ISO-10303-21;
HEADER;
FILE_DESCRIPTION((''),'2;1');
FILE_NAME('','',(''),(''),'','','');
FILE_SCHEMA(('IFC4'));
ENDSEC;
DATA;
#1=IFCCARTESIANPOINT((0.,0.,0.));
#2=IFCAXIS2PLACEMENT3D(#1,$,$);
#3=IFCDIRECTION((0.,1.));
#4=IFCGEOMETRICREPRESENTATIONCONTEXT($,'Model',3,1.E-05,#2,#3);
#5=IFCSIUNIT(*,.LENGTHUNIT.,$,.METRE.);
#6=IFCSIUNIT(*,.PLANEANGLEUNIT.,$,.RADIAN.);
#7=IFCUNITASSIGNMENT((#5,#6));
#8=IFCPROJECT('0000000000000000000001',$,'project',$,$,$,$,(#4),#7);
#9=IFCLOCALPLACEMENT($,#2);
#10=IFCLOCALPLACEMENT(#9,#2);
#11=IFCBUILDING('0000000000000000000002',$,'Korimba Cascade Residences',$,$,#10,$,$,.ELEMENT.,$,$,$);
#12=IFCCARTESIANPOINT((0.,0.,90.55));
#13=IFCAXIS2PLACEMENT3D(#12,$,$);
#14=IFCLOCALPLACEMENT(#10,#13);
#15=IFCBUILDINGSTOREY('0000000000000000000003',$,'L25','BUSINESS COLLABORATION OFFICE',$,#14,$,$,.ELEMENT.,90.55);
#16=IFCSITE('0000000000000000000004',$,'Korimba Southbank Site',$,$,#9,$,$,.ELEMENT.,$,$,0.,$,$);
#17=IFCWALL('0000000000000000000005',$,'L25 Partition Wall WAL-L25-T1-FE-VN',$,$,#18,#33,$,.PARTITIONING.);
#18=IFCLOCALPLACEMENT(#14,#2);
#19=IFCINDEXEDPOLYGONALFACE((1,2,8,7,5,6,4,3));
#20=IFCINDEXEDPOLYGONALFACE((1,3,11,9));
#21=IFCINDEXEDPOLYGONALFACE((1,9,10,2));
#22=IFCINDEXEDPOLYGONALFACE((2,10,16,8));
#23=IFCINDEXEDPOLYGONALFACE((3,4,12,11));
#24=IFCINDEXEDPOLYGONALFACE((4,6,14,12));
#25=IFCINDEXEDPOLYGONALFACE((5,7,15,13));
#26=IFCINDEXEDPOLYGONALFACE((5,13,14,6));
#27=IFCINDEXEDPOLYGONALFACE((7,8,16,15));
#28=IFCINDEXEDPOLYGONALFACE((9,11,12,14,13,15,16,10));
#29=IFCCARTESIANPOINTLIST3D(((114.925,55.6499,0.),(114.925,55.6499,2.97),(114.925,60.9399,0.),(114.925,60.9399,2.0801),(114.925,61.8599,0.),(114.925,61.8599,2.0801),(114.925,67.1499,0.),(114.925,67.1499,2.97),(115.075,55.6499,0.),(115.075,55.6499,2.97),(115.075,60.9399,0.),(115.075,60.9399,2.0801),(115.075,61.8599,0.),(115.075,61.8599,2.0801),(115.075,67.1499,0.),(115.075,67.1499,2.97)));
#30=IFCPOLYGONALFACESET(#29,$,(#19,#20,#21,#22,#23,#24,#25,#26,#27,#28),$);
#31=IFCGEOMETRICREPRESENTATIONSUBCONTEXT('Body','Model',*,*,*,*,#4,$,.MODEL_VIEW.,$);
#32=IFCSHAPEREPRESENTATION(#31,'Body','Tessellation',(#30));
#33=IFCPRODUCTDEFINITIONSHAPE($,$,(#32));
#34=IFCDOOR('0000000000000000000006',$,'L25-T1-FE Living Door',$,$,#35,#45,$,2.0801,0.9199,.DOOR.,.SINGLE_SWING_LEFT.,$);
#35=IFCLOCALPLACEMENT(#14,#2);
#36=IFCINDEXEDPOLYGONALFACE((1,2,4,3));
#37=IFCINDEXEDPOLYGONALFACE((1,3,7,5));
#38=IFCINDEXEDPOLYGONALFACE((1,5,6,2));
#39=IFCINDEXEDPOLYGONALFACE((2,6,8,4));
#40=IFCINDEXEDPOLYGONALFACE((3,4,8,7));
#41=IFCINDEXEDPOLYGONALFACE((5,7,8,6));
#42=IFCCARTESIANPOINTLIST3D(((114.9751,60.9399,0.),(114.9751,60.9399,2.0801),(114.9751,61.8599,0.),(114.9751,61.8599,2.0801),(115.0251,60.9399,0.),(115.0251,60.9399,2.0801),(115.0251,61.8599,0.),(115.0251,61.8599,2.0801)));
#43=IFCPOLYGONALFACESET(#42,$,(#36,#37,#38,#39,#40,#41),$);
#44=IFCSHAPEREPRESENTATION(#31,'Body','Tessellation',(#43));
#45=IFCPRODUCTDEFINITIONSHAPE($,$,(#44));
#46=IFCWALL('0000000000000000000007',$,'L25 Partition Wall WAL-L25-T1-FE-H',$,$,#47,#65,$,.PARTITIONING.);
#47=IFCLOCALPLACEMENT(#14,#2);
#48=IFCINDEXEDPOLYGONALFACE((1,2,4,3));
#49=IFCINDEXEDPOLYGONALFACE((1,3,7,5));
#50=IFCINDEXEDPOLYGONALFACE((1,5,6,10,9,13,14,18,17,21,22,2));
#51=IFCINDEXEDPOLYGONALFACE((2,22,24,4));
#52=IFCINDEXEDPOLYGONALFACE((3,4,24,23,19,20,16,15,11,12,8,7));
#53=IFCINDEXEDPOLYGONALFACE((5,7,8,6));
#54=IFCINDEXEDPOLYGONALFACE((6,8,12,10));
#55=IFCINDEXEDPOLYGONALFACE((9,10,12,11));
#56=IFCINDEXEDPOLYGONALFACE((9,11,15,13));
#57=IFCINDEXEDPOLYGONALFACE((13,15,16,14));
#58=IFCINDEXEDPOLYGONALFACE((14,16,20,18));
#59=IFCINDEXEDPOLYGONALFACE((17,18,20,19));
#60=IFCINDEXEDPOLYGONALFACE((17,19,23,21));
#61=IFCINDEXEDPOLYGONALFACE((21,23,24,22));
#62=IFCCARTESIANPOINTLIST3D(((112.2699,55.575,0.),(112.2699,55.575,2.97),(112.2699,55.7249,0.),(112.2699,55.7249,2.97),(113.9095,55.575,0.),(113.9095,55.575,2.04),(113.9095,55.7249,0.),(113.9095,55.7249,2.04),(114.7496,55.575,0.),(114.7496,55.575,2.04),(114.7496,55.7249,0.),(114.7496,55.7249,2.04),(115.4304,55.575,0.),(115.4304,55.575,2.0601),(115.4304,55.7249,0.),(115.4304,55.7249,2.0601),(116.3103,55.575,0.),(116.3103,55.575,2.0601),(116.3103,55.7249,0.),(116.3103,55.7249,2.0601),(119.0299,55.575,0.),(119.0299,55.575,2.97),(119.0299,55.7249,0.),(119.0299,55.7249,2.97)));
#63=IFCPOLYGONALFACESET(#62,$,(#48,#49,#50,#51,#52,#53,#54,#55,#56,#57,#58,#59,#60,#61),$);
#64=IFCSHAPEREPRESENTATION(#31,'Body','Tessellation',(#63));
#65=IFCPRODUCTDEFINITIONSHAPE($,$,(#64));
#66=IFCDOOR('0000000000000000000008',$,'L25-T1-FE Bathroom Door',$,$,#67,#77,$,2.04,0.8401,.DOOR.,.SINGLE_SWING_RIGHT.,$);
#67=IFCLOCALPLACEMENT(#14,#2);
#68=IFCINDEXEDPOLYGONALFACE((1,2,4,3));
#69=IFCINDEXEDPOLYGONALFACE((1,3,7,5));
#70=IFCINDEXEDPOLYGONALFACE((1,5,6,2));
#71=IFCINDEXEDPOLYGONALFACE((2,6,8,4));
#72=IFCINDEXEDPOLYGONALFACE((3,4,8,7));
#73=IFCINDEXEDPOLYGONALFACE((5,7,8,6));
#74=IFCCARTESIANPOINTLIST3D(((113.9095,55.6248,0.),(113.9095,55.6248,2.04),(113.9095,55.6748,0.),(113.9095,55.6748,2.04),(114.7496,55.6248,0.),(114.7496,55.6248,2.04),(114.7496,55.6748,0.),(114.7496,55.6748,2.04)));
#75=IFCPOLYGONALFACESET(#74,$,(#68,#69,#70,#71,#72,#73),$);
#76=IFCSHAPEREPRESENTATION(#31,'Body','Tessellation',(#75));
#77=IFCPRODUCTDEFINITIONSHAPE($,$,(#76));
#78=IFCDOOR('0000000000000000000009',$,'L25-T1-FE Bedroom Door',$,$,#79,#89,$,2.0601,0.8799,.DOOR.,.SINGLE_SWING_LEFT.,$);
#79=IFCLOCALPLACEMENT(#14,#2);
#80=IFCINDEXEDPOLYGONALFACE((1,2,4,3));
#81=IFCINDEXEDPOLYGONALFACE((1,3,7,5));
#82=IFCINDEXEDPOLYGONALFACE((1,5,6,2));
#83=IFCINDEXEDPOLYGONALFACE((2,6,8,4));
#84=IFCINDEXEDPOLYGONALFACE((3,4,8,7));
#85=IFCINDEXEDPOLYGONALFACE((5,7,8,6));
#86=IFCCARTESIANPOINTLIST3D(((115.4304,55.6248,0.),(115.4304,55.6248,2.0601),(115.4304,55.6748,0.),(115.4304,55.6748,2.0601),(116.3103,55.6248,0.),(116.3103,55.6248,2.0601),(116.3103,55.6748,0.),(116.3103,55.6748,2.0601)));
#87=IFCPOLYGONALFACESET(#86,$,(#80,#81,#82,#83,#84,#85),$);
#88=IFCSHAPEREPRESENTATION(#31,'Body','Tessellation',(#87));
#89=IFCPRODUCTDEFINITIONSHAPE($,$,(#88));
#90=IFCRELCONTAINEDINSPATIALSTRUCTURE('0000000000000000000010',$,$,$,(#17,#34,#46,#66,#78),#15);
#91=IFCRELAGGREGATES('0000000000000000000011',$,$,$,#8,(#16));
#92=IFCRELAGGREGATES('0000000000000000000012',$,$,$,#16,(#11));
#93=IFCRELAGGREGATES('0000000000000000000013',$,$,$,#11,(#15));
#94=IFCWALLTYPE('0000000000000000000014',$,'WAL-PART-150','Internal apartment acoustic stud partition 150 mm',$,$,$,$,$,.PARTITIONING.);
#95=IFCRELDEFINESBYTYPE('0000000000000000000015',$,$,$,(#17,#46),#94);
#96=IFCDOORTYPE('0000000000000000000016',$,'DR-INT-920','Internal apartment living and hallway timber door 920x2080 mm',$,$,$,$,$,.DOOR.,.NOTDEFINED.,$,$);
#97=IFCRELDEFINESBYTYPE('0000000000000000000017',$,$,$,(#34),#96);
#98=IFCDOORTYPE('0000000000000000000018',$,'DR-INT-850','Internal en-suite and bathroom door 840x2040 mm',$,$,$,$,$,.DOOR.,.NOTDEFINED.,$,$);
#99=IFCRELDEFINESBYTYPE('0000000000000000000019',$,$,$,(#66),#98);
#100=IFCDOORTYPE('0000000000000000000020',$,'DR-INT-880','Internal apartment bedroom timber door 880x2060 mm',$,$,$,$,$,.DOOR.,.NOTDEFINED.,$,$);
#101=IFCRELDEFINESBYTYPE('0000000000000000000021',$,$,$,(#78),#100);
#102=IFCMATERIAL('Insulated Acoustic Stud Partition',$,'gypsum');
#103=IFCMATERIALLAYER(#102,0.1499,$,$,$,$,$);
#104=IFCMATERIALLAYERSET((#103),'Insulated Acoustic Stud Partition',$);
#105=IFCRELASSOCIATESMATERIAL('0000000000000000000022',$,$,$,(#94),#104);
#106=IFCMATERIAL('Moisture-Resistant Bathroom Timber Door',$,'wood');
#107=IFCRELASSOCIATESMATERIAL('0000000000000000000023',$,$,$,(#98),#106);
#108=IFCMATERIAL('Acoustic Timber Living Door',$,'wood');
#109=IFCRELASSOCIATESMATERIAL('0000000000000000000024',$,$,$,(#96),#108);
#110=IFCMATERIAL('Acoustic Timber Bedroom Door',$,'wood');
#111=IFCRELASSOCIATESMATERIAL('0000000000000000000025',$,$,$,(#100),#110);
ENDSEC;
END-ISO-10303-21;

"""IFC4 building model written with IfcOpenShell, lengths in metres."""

from ifc_helpers import new_model, si_unit, direction, frame, frame_2d, origin, place, context, subcontext, project, spatial, rectangle, extrude, material, layer, layer_set, type_object, element, fill, save


model = new_model("IFC4")

# Units and contexts
model_context = context("Model", 3, precision=1e-05, world=origin(), true_north=direction((0.0, 1.0)))
body_context = subcontext(model_context, "Body", "Model", "MODEL_VIEW")
ifc_project = project(units=[si_unit("LENGTHUNIT", "METRE"), si_unit("PLANEANGLEUNIT", "RADIAN")], contexts=[model_context])

# Site, building, storey
site_placement = place(None, origin())
site = spatial("IfcSite", under=ifc_project, at=site_placement, Name="Korimba Southbank Site", CompositionType="ELEMENT", RefElevation=0.0)
building_placement = place(site_placement, origin())
building = spatial("IfcBuilding", under=site, at=building_placement, Name="Korimba Cascade Residences", CompositionType="ELEMENT")
storey_placement = place(building_placement, frame((0.0, 0.0, 90.55)))
storey = spatial("IfcBuildingStorey", under=building, at=storey_placement, Name="L25", Description="BUSINESS COLLABORATION OFFICE", CompositionType="ELEMENT", Elevation=90.55)

# Wall, opening, door
ifc_material_1 = material(Name="Insulated Acoustic Stud Partition", Category="gypsum")
ifc_layer_1 = layer(ifc_material_1, 0.1499)
ifc_layer_set_1 = layer_set([ifc_layer_1], Name="Insulated Acoustic Stud Partition")
wall_type_1 = type_object("IfcWallType", Name="WAL-PART-150", Description="Internal apartment acoustic stud partition 150 mm", PredefinedType="PARTITIONING", material=ifc_layer_set_1)
ifc_material_2 = material(Name="Moisture-Resistant Bathroom Timber Door", Category="wood")
door_type_1 = type_object("IfcDoorType", Name="DR-INT-850", Description="Internal en-suite and bathroom door 840x2040 mm", OperationType="NOTDEFINED", PredefinedType="DOOR", material=ifc_material_2)
wall_1_placement = place(storey_placement, frame((115.0, 55.6499, 0.0), z_axis=(0.0, 0.0, 1.0), x_axis=(0.0, 1.0, 0.0)))
wall_1 = element("IfcWall", 1, at=wall_1_placement, inside=storey, type_object=wall_type_1, Name="L25 Partition Wall WAL-L25-T1-FE-VN", PredefinedType="PARTITIONING", context=body_context, shape_type="SweptSolid", body=[
    extrude(rectangle(XDim=11.5, YDim=0.1499, at=frame_2d((5.75, 0.0))), origin(), (0.0, 0.0, 1.0), 2.97),
])
opening_1_placement = place(wall_1_placement, frame((5.29, 0.0, 0.0)))
opening_1 = element("IfcOpeningElement", 2, at=opening_1_placement, cuts=wall_1, PredefinedType="OPENING", context=body_context, shape_type="SweptSolid", body=[
    extrude(rectangle(XDim=0.9199, YDim=2.0801, at=frame_2d((0.46, 1.04))), frame((0.0, 0.085, 0.0), z_axis=(0.0, -1.0, 0.0), x_axis=(1.0, 0.0, 0.0)), (0.0, 0.0, 1.0), 0.1699),
])
ifc_material_3 = material(Name="Acoustic Timber Living Door", Category="wood")
door_type_2 = type_object("IfcDoorType", Name="DR-INT-920", Description="Internal apartment living and hallway timber door 920x2080 mm", OperationType="NOTDEFINED", PredefinedType="DOOR", material=ifc_material_3)
door_1_placement = place(opening_1_placement, origin())
door_1 = element("IfcDoor", 3, at=door_1_placement, inside=storey, type_object=door_type_2, Name="L25-T1-FE Living Door", OperationType="SINGLE_SWING_LEFT", OverallHeight=2.0801, OverallWidth=0.9199, PredefinedType="DOOR", context=body_context, shape_type="SweptSolid", body=[
    extrude(rectangle(XDim=0.9199, YDim=2.0801, at=frame_2d((0.46, 1.04))), frame((0.0, 0.0249, 0.0), z_axis=(0.0, -1.0, 0.0), x_axis=(1.0, 0.0, 0.0)), (0.0, 0.0, 1.0), 0.05),
])
fill(opening_1, door_1)

# Wall, openings, doors
wall_2_placement = place(storey_placement, frame((112.27, 55.6499, 0.0), z_axis=(0.0, 0.0, 1.0), x_axis=(1.0, 0.0, 0.0)))
wall_2 = element("IfcWall", 4, at=wall_2_placement, inside=storey, type_object=wall_type_1, Name="L25 Partition Wall WAL-L25-T1-FE-H", PredefinedType="PARTITIONING", context=body_context, shape_type="SweptSolid", body=[
    extrude(rectangle(XDim=6.76, YDim=0.1499, at=frame_2d((3.3799, 0.0))), origin(), (0.0, 0.0, 1.0), 2.97),
])
opening_2_placement = place(wall_2_placement, frame((1.6396, 0.0, 0.0)))
opening_2 = element("IfcOpeningElement", 5, at=opening_2_placement, cuts=wall_2, PredefinedType="OPENING", context=body_context, shape_type="SweptSolid", body=[
    extrude(rectangle(XDim=0.8401, YDim=2.04, at=frame_2d((0.4199, 1.02))), frame((0.0, 0.085, 0.0), z_axis=(0.0, -1.0, 0.0), x_axis=(1.0, 0.0, 0.0)), (0.0, 0.0, 1.0), 0.1699),
])
opening_3_placement = place(wall_2_placement, frame((3.1604, 0.0, 0.0)))
opening_3 = element("IfcOpeningElement", 6, at=opening_3_placement, cuts=wall_2, PredefinedType="OPENING", context=body_context, shape_type="SweptSolid", body=[
    extrude(rectangle(XDim=0.8799, YDim=2.0601, at=frame_2d((0.4399, 1.03))), frame((0.0, 0.085, 0.0), z_axis=(0.0, -1.0, 0.0), x_axis=(1.0, 0.0, 0.0)), (0.0, 0.0, 1.0), 0.1699),
])
door_2_placement = place(opening_2_placement, origin())
door_2 = element("IfcDoor", 7, at=door_2_placement, inside=storey, type_object=door_type_1, Name="L25-T1-FE Bathroom Door", OperationType="SINGLE_SWING_RIGHT", OverallHeight=2.04, OverallWidth=0.8401, PredefinedType="DOOR", context=body_context, shape_type="SweptSolid", body=[
    extrude(rectangle(XDim=0.8401, YDim=2.04, at=frame_2d((0.4199, 1.02))), frame((0.0, 0.0249, 0.0), z_axis=(0.0, -1.0, 0.0), x_axis=(1.0, 0.0, 0.0)), (0.0, 0.0, 1.0), 0.05),
])
fill(opening_2, door_2)
ifc_material_4 = material(Name="Acoustic Timber Bedroom Door", Category="wood")
door_type_3 = type_object("IfcDoorType", Name="DR-INT-880", Description="Internal apartment bedroom timber door 880x2060 mm", OperationType="NOTDEFINED", PredefinedType="DOOR", material=ifc_material_4)
door_3_placement = place(opening_3_placement, origin())
door_3 = element("IfcDoor", 8, at=door_3_placement, inside=storey, type_object=door_type_3, Name="L25-T1-FE Bedroom Door", OperationType="SINGLE_SWING_LEFT", OverallHeight=2.0601, OverallWidth=0.8799, PredefinedType="DOOR", context=body_context, shape_type="SweptSolid", body=[
    extrude(rectangle(XDim=0.8799, YDim=2.0601, at=frame_2d((0.4399, 1.03))), frame((0.0, 0.0249, 0.0), z_axis=(0.0, -1.0, 0.0), x_axis=(1.0, 0.0, 0.0)), (0.0, 0.0, 1.0), 0.05),
])
fill(opening_3, door_3)

save(model, "model.ifc")
